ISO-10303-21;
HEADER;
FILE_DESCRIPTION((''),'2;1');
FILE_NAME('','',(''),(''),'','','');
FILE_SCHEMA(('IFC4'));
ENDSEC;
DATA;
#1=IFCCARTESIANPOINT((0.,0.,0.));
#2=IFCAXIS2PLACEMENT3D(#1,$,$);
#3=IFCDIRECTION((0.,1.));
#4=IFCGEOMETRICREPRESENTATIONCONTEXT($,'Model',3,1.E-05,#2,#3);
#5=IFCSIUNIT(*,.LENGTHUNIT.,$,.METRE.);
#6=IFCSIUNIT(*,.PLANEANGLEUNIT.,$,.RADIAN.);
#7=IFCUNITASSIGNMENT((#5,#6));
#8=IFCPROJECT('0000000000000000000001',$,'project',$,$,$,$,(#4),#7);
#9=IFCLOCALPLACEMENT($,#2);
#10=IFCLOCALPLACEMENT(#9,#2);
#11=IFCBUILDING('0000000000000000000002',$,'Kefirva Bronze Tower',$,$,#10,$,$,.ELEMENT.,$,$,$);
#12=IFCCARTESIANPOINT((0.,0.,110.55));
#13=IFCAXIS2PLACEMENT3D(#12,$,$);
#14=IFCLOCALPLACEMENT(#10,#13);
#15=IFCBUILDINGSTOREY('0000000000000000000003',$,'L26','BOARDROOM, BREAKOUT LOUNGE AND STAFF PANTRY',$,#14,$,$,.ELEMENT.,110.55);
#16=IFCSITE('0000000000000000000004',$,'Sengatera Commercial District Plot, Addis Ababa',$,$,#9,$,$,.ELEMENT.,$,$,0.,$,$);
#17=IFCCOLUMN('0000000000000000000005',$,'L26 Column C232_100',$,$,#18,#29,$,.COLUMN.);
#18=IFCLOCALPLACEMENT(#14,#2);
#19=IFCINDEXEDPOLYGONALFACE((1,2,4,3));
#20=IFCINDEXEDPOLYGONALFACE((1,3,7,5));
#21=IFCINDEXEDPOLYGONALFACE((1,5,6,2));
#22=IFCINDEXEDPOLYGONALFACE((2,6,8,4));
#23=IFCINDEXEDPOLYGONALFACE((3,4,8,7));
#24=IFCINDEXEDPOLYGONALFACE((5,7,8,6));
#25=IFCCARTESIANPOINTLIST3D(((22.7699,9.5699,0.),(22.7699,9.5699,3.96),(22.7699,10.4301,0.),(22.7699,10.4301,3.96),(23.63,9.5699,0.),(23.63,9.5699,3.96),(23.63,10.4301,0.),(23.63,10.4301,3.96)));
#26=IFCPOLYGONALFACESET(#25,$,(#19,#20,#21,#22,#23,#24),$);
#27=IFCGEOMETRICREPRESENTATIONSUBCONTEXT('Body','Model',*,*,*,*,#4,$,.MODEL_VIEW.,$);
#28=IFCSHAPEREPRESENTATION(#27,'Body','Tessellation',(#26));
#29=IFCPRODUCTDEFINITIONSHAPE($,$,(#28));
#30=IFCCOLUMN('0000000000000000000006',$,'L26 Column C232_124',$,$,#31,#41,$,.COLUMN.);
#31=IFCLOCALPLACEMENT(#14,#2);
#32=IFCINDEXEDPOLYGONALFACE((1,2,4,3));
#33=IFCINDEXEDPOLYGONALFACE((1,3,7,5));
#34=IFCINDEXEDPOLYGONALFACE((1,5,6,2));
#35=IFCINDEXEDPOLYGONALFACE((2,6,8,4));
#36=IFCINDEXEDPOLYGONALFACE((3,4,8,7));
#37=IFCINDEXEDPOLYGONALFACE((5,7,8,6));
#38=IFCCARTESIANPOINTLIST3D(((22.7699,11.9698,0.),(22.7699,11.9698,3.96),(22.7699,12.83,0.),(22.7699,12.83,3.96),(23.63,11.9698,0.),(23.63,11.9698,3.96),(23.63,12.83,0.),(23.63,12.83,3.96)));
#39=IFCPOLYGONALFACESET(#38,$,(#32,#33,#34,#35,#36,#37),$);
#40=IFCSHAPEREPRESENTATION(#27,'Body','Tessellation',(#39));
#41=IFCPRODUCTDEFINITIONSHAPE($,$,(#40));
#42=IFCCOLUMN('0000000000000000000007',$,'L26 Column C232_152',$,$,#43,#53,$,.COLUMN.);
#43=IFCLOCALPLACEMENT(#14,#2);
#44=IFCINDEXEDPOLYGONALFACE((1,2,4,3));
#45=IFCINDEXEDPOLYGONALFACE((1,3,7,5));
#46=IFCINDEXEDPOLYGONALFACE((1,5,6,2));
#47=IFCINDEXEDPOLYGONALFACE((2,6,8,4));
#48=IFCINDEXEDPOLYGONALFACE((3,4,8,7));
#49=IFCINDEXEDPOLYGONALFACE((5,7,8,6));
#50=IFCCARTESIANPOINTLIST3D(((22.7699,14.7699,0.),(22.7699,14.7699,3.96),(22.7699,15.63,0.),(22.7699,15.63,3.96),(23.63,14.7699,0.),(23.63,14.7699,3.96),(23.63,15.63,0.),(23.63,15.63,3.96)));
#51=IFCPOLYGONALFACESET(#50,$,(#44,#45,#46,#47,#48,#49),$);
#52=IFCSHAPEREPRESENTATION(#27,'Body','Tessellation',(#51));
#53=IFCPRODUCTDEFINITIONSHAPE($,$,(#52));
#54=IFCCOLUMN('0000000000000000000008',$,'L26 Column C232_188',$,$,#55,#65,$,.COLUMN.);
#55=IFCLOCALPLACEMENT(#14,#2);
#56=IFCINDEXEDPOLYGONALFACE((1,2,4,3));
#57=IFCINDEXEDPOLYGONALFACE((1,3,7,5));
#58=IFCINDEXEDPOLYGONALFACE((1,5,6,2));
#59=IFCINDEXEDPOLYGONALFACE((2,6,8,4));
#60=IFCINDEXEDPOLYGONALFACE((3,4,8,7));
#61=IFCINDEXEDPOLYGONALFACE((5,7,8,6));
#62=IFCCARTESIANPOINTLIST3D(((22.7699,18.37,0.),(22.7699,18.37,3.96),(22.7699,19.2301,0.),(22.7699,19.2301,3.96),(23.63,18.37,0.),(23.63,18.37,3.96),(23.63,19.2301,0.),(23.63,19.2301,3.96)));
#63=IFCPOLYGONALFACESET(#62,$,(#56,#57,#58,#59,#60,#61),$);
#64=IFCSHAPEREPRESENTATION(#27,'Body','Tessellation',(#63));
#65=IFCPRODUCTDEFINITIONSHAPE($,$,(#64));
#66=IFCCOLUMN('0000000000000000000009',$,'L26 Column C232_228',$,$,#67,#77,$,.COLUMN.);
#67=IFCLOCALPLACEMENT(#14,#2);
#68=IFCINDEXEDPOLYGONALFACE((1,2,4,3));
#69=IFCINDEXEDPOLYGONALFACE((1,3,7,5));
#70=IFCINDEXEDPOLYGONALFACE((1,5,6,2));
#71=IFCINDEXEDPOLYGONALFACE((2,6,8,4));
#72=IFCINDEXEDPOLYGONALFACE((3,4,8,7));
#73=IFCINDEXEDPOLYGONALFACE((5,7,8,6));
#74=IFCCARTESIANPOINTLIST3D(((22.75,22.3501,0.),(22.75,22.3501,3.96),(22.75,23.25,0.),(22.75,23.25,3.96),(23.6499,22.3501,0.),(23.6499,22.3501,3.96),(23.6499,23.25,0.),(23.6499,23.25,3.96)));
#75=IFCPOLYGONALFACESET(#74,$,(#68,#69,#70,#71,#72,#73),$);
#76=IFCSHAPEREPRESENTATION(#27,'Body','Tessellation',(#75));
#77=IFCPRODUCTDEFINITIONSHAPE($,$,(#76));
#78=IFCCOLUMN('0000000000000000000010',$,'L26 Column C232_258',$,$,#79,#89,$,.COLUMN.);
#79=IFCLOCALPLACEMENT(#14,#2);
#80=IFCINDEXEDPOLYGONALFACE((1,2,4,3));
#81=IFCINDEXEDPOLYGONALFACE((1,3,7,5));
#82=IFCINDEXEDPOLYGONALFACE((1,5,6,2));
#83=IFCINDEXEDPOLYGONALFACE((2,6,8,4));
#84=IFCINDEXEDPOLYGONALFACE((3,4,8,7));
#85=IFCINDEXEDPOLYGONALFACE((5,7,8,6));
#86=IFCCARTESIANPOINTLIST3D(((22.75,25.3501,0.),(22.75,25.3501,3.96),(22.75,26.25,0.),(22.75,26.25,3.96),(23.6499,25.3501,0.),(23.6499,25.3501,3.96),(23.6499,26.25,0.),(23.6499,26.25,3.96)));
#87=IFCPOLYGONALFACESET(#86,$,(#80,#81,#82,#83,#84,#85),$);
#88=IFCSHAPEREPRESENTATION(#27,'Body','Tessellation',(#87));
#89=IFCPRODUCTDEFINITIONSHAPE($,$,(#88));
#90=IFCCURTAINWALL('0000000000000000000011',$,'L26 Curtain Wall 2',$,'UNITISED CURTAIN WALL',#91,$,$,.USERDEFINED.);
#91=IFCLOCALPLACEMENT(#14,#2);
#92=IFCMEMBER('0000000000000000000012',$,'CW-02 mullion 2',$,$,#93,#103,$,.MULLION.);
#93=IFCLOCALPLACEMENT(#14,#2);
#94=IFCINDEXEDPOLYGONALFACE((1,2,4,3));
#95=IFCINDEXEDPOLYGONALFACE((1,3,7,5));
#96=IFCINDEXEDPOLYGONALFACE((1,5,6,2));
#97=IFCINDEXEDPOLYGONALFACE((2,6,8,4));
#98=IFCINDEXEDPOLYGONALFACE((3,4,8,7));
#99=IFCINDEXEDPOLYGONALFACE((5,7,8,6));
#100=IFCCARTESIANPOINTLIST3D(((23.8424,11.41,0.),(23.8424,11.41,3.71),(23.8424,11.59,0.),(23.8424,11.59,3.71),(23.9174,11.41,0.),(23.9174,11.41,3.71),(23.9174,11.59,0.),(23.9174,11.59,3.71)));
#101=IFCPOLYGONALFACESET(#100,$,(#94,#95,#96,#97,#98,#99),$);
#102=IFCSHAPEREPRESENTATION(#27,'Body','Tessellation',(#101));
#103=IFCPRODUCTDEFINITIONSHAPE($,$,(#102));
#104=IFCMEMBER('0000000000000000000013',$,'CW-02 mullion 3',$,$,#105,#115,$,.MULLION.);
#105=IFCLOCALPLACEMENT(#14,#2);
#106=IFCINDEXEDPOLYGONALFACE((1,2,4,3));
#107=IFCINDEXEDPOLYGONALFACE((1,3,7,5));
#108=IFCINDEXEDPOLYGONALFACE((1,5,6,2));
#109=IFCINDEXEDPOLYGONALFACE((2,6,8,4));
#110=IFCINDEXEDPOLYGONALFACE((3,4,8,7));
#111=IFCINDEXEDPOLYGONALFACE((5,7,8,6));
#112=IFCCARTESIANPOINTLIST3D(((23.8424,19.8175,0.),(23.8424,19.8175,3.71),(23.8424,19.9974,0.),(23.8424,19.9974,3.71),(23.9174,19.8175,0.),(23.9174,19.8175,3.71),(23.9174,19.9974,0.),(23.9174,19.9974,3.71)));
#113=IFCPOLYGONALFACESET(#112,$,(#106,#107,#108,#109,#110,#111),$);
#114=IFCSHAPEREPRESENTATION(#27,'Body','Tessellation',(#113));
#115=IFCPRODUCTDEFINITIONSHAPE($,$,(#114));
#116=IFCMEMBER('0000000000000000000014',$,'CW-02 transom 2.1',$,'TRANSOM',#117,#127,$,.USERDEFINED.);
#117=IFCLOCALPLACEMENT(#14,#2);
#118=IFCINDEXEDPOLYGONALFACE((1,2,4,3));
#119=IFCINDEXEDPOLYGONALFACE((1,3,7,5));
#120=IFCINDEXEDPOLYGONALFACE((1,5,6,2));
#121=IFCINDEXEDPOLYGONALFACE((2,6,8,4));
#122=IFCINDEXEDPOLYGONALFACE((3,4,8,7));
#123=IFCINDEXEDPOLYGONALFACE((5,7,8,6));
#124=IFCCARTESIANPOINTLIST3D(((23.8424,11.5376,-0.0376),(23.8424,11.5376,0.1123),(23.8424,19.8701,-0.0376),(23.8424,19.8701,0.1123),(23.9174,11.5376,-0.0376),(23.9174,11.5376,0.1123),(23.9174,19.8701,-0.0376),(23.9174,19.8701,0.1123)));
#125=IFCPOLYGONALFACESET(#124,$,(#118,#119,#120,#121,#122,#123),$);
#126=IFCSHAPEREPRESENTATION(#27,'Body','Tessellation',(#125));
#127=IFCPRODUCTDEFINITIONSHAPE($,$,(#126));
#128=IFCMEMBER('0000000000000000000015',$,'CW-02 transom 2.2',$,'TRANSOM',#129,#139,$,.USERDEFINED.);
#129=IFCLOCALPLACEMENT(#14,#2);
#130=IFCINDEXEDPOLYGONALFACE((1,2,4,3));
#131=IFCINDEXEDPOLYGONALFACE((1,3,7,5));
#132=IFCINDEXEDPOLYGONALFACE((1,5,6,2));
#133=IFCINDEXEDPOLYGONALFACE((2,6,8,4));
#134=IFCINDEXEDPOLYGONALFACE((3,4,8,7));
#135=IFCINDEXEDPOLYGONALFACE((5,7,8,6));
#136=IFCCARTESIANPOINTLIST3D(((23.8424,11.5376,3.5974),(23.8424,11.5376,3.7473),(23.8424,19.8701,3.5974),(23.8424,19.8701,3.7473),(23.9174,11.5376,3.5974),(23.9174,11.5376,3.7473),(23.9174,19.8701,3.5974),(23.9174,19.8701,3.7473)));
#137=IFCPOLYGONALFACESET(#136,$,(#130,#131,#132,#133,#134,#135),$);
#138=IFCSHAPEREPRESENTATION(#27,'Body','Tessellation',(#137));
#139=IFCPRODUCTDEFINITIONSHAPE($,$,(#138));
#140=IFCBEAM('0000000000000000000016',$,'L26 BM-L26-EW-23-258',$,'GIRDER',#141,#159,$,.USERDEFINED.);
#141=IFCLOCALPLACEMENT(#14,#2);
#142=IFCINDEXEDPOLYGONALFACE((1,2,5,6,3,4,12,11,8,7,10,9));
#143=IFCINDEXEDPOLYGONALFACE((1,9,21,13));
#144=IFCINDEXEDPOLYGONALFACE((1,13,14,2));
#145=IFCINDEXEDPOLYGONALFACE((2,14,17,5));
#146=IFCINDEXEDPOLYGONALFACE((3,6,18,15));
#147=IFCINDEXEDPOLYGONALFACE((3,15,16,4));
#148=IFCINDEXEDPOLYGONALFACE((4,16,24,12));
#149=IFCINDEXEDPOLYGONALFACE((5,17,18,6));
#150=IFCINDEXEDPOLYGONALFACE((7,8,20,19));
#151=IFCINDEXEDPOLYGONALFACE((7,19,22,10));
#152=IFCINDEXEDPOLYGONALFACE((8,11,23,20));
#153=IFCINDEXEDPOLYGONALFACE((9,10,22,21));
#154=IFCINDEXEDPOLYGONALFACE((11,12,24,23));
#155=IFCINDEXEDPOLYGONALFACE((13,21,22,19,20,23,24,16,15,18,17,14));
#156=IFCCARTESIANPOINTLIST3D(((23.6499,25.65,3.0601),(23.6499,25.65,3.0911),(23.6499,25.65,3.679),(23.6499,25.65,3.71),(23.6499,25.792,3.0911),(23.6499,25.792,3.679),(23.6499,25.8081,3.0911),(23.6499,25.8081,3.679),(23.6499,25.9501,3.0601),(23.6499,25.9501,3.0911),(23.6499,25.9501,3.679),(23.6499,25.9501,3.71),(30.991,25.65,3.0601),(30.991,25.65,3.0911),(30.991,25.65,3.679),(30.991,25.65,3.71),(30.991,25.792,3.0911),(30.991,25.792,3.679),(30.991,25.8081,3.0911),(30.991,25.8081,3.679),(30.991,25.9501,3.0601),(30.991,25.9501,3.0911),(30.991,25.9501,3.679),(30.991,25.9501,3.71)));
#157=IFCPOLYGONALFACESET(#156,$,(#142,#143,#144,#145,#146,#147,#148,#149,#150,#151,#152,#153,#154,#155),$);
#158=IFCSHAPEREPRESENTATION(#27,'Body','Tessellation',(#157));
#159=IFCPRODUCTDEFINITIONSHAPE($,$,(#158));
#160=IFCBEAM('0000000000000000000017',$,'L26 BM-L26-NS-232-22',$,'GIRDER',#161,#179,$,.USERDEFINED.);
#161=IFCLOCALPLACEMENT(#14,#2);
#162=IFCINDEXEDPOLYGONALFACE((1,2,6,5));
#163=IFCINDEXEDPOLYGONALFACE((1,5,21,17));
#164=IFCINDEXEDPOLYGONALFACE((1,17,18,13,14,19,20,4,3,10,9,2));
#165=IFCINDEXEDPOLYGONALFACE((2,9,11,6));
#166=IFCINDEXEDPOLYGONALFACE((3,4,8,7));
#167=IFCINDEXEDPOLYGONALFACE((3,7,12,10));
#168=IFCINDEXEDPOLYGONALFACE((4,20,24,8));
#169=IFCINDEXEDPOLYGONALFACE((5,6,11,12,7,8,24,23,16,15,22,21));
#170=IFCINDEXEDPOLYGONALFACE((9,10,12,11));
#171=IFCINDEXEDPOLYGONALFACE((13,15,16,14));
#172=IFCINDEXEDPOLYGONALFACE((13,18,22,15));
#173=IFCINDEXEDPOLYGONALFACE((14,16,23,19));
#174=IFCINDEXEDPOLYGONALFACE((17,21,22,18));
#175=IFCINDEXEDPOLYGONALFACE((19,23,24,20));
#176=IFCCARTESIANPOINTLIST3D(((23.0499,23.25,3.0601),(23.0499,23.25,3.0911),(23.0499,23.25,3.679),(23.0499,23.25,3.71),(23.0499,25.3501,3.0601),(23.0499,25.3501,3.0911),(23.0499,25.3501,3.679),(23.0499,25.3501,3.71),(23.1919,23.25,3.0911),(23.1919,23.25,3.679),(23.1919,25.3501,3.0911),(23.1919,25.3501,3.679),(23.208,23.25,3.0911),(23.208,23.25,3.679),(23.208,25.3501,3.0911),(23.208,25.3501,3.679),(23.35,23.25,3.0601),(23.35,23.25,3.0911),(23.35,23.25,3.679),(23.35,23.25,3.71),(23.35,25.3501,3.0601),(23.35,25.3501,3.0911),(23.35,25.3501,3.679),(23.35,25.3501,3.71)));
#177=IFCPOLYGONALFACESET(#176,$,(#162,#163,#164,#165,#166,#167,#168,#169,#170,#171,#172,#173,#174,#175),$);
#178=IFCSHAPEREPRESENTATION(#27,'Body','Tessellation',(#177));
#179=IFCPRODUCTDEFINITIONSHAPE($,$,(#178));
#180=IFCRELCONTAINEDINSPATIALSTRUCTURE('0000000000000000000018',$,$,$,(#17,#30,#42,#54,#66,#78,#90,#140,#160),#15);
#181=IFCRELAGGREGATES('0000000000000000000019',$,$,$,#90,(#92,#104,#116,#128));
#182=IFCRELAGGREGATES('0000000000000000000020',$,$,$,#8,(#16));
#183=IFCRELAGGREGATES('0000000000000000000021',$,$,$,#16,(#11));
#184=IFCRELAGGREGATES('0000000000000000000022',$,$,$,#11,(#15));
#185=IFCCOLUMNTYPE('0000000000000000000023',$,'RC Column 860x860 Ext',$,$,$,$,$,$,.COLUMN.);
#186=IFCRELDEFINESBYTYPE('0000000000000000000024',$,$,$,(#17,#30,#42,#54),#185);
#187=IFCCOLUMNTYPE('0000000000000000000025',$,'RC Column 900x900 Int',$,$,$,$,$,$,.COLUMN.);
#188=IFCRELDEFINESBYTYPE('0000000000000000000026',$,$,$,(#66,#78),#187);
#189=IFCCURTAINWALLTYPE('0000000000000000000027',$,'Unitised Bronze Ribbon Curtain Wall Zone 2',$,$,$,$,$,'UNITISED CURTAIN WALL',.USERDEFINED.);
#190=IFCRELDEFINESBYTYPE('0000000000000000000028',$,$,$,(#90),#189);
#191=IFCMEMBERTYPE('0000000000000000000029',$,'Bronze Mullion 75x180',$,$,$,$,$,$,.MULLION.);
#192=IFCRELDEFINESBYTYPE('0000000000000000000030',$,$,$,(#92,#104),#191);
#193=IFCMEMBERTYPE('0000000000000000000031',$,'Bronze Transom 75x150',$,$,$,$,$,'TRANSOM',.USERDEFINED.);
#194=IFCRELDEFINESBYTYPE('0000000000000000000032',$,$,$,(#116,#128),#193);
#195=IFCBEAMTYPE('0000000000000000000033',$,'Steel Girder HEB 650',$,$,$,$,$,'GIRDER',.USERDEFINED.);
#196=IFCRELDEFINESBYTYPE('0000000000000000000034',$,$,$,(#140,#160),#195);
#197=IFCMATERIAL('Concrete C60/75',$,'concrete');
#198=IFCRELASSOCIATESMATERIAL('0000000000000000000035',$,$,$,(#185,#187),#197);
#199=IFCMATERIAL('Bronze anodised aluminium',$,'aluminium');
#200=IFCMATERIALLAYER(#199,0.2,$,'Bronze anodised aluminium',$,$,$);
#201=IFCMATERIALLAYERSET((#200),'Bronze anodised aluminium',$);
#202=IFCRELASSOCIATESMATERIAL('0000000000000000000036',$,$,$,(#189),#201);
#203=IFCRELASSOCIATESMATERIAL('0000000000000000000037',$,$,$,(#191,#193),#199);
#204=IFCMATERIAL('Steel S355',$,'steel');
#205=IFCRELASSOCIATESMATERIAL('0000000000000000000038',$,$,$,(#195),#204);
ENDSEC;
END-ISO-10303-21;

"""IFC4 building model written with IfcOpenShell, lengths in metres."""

from ifc_helpers import new_model, si_unit, direction, frame, origin, origin_2d, place, context, subcontext, project, spatial, rectangle, i_section, extrude, material, layer, layer_set, material_profile, profile_set, type_object, element, aggregate, save


model = new_model("IFC4")

# Units and contexts
model_context = context("Model", 3, precision=1e-05, world=origin(), true_north=direction((0.0, 1.0)))
body_context = subcontext(model_context, "Body", "Model", "MODEL_VIEW")
ifc_project = project(units=[si_unit("LENGTHUNIT", "METRE"), si_unit("PLANEANGLEUNIT", "RADIAN")], contexts=[model_context])

# Site, building, storey
site_placement = place(None, origin())
site = spatial("IfcSite", under=ifc_project, at=site_placement, Name="Sengatera Commercial District Plot, Addis Ababa", CompositionType="ELEMENT", RefElevation=0.0)
building_placement = place(site_placement, origin())
building = spatial("IfcBuilding", under=site, at=building_placement, Name="Kefirva Bronze Tower", CompositionType="ELEMENT")
storey_placement = place(building_placement, frame((0.0, 0.0, 110.55)))
storey = spatial("IfcBuildingStorey", under=building, at=storey_placement, Name="L26", Description="BOARDROOM, BREAKOUT LOUNGE AND STAFF PANTRY", CompositionType="ELEMENT", Elevation=110.55)

# Columns
ifc_material_1 = material(Name="Concrete C60/75", Category="concrete")
ifc_material_profile_1 = material_profile(ifc_material_1, rectangle(XDim=0.8601, YDim=0.8601, at=origin_2d()), Name="RC 860x860")
ifc_profile_set_1 = profile_set([ifc_material_profile_1], Name="Concrete C60/75")
column_type_1 = type_object("IfcColumnType", Name="RC Column 860x860 Ext", PredefinedType="COLUMN", material=ifc_profile_set_1)
for number, where, z_axis, x_axis, name in (
    (1, (23.2, 10.0, 0.0), (0.0, 0.0, 1.0), (1.0, 0.0, 0.0), "L26 Column C232_100"),
    (2, (23.2, 12.3999, 0.0), (0.0, 0.0, 1.0), (1.0, 0.0, 0.0), "L26 Column C232_124"),
    (3, (23.2, 15.2, 0.0), (0.0, 0.0, 1.0), (1.0, 0.0, 0.0), "L26 Column C232_152"),
    (4, (23.2, 18.8, 0.0), (0.0, 0.0, 1.0), (1.0, 0.0, 0.0), "L26 Column C232_188"),
):
    element("IfcColumn", number, at=place(storey_placement, frame(where, z_axis=z_axis, x_axis=x_axis)), inside=storey, type_object=column_type_1, Name=name, PredefinedType="COLUMN", context=body_context, shape_type="SweptSolid", body=[
        extrude(rectangle(XDim=0.8601, YDim=0.8601, at=origin_2d()), origin(), (0.0, 0.0, 1.0), 3.96),
    ])
ifc_material_profile_2 = material_profile(ifc_material_1, rectangle(XDim=0.8999, YDim=0.8999, at=origin_2d()), Name="RC 900x900")
ifc_profile_set_2 = profile_set([ifc_material_profile_2], Name="Concrete C60/75")
column_type_2 = type_object("IfcColumnType", Name="RC Column 900x900 Int", PredefinedType="COLUMN", material=ifc_profile_set_2)
for number, where, z_axis, x_axis, name in (
    (5, (23.2, 22.8, 0.0), (0.0, 0.0, 1.0), (1.0, 0.0, 0.0), "L26 Column C232_228"),
    (6, (23.2, 25.8, 0.0), (0.0, 0.0, 1.0), (1.0, 0.0, 0.0), "L26 Column C232_258"),
):
    element("IfcColumn", number, at=place(storey_placement, frame(where, z_axis=z_axis, x_axis=x_axis)), inside=storey, type_object=column_type_2, Name=name, PredefinedType="COLUMN", context=body_context, shape_type="SweptSolid", body=[
        extrude(rectangle(XDim=0.8999, YDim=0.8999, at=origin_2d()), origin(), (0.0, 0.0, 1.0), 3.96),
    ])

# Curtain wall, members
ifc_material_2 = material(Name="Bronze anodised aluminium", Category="aluminium")
ifc_layer_1 = layer(ifc_material_2, 0.2, Name="Bronze anodised aluminium")
ifc_layer_set_1 = layer_set([ifc_layer_1], Name="Bronze anodised aluminium")
curtain_wall_type = type_object("IfcCurtainWallType", Name="Unitised Bronze Ribbon Curtain Wall Zone 2", ElementType="UNITISED CURTAIN WALL", PredefinedType="USERDEFINED", material=ifc_layer_set_1)
curtain_wall_placement = place(storey_placement, origin())
curtain_wall = element("IfcCurtainWall", 7, at=curtain_wall_placement, inside=storey, type_object=curtain_wall_type, Name="L26 Curtain Wall 2", ObjectType="UNITISED CURTAIN WALL", PredefinedType="USERDEFINED")
ifc_material_profile_3 = material_profile(ifc_material_2, rectangle(XDim=0.075, YDim=0.1799, at=origin_2d()), Name="ALU 75x180")
ifc_profile_set_3 = profile_set([ifc_material_profile_3], Name="Bronze anodised aluminium")
member_type_1 = type_object("IfcMemberType", Name="Bronze Mullion 75x180", PredefinedType="MULLION", material=ifc_profile_set_3)
member_1_placement = place(storey_placement, frame((23.8799, 11.5, 0.0), z_axis=(0.0, 0.0, 1.0), x_axis=(-1.0, 0.0, 0.0)))
member_1 = element("IfcMember", 8, at=member_1_placement, type_object=member_type_1, Name="CW-02 mullion 2", PredefinedType="MULLION", context=body_context, shape_type="SweptSolid", body=[
    extrude(rectangle(XDim=0.075, YDim=0.1799, at=origin_2d()), origin(), (0.0, 0.0, 1.0), 3.71),
])
member_2_placement = place(storey_placement, frame((23.8799, 19.9075, 0.0), z_axis=(0.0, 0.0, 1.0), x_axis=(-1.0, 0.0, 0.0)))
member_2 = element("IfcMember", 9, at=member_2_placement, type_object=member_type_1, Name="CW-02 mullion 3", PredefinedType="MULLION", context=body_context, shape_type="SweptSolid", body=[
    extrude(rectangle(XDim=0.075, YDim=0.1799, at=origin_2d()), origin(), (0.0, 0.0, 1.0), 3.71),
])
ifc_material_profile_4 = material_profile(ifc_material_2, rectangle(XDim=0.075, YDim=0.1499, at=origin_2d()), Name="ALU 75x150")
ifc_profile_set_4 = profile_set([ifc_material_profile_4], Name="Bronze anodised aluminium")
member_type_2 = type_object("IfcMemberType", Name="Bronze Transom 75x150", ElementType="TRANSOM", PredefinedType="USERDEFINED", material=ifc_profile_set_4)
member_3_placement = place(storey_placement, frame((23.8799, 11.5376, 0.0374), z_axis=(0.0, 1.0, 0.0), x_axis=(-1.0, 0.0, 0.0)))
member_3 = element("IfcMember", 10, at=member_3_placement, type_object=member_type_2, Name="CW-02 transom 2.1", ObjectType="TRANSOM", PredefinedType="USERDEFINED", context=body_context, shape_type="SweptSolid", body=[
    extrude(rectangle(XDim=0.075, YDim=0.1499, at=origin_2d()), origin(), (0.0, 0.0, 1.0), 8.3325),
])
member_4_placement = place(storey_placement, frame((23.8799, 11.5376, 3.6724), z_axis=(0.0, 1.0, 0.0), x_axis=(-1.0, 0.0, 0.0)))
member_4 = element("IfcMember", 11, at=member_4_placement, type_object=member_type_2, Name="CW-02 transom 2.2", ObjectType="TRANSOM", PredefinedType="USERDEFINED", context=body_context, shape_type="SweptSolid", body=[
    extrude(rectangle(XDim=0.075, YDim=0.1499, at=origin_2d()), origin(), (0.0, 0.0, 1.0), 8.3325),
])

# Beams
ifc_material_3 = material(Name="Steel S355", Category="steel")
ifc_material_profile_5 = material_profile(ifc_material_3, i_section(OverallWidth=0.3, OverallDepth=0.6499, WebThickness=0.0161, FlangeThickness=0.031, at=origin_2d()), Name="HEB 650")
ifc_profile_set_5 = profile_set([ifc_material_profile_5], Name="Steel S355")
beam_type_1 = type_object("IfcBeamType", Name="Steel Girder HEB 650", ElementType="GIRDER", PredefinedType="USERDEFINED", material=ifc_profile_set_5)
beam_1_placement = place(storey_placement, frame((23.6499, 25.8, 3.385), z_axis=(1.0, 0.0, 0.0), x_axis=(0.0, 1.0, 0.0)))
element("IfcBeam", 12, at=beam_1_placement, inside=storey, type_object=beam_type_1, Name="L26 BM-L26-EW-23-258", ObjectType="GIRDER", PredefinedType="USERDEFINED", context=body_context, shape_type="SweptSolid", body=[
    extrude(i_section(OverallWidth=0.3, OverallDepth=0.6499, WebThickness=0.0161, FlangeThickness=0.031, at=origin_2d()), origin(), (0.0, 0.0, 1.0), 7.3411),
])
beam_2_placement = place(storey_placement, frame((23.2, 23.25, 3.385), z_axis=(0.0, 1.0, 0.0), x_axis=(-1.0, 0.0, 0.0)))
element("IfcBeam", 13, at=beam_2_placement, inside=storey, type_object=beam_type_1, Name="L26 BM-L26-NS-232-22", ObjectType="GIRDER", PredefinedType="USERDEFINED", context=body_context, shape_type="SweptSolid", body=[
    extrude(i_section(OverallWidth=0.3, OverallDepth=0.6499, WebThickness=0.0161, FlangeThickness=0.031, at=origin_2d()), origin(), (0.0, 0.0, 1.0), 2.1001),
])

aggregate(curtain_wall, [member_1, member_2, member_3, member_4])

save(model, "model.ifc")
